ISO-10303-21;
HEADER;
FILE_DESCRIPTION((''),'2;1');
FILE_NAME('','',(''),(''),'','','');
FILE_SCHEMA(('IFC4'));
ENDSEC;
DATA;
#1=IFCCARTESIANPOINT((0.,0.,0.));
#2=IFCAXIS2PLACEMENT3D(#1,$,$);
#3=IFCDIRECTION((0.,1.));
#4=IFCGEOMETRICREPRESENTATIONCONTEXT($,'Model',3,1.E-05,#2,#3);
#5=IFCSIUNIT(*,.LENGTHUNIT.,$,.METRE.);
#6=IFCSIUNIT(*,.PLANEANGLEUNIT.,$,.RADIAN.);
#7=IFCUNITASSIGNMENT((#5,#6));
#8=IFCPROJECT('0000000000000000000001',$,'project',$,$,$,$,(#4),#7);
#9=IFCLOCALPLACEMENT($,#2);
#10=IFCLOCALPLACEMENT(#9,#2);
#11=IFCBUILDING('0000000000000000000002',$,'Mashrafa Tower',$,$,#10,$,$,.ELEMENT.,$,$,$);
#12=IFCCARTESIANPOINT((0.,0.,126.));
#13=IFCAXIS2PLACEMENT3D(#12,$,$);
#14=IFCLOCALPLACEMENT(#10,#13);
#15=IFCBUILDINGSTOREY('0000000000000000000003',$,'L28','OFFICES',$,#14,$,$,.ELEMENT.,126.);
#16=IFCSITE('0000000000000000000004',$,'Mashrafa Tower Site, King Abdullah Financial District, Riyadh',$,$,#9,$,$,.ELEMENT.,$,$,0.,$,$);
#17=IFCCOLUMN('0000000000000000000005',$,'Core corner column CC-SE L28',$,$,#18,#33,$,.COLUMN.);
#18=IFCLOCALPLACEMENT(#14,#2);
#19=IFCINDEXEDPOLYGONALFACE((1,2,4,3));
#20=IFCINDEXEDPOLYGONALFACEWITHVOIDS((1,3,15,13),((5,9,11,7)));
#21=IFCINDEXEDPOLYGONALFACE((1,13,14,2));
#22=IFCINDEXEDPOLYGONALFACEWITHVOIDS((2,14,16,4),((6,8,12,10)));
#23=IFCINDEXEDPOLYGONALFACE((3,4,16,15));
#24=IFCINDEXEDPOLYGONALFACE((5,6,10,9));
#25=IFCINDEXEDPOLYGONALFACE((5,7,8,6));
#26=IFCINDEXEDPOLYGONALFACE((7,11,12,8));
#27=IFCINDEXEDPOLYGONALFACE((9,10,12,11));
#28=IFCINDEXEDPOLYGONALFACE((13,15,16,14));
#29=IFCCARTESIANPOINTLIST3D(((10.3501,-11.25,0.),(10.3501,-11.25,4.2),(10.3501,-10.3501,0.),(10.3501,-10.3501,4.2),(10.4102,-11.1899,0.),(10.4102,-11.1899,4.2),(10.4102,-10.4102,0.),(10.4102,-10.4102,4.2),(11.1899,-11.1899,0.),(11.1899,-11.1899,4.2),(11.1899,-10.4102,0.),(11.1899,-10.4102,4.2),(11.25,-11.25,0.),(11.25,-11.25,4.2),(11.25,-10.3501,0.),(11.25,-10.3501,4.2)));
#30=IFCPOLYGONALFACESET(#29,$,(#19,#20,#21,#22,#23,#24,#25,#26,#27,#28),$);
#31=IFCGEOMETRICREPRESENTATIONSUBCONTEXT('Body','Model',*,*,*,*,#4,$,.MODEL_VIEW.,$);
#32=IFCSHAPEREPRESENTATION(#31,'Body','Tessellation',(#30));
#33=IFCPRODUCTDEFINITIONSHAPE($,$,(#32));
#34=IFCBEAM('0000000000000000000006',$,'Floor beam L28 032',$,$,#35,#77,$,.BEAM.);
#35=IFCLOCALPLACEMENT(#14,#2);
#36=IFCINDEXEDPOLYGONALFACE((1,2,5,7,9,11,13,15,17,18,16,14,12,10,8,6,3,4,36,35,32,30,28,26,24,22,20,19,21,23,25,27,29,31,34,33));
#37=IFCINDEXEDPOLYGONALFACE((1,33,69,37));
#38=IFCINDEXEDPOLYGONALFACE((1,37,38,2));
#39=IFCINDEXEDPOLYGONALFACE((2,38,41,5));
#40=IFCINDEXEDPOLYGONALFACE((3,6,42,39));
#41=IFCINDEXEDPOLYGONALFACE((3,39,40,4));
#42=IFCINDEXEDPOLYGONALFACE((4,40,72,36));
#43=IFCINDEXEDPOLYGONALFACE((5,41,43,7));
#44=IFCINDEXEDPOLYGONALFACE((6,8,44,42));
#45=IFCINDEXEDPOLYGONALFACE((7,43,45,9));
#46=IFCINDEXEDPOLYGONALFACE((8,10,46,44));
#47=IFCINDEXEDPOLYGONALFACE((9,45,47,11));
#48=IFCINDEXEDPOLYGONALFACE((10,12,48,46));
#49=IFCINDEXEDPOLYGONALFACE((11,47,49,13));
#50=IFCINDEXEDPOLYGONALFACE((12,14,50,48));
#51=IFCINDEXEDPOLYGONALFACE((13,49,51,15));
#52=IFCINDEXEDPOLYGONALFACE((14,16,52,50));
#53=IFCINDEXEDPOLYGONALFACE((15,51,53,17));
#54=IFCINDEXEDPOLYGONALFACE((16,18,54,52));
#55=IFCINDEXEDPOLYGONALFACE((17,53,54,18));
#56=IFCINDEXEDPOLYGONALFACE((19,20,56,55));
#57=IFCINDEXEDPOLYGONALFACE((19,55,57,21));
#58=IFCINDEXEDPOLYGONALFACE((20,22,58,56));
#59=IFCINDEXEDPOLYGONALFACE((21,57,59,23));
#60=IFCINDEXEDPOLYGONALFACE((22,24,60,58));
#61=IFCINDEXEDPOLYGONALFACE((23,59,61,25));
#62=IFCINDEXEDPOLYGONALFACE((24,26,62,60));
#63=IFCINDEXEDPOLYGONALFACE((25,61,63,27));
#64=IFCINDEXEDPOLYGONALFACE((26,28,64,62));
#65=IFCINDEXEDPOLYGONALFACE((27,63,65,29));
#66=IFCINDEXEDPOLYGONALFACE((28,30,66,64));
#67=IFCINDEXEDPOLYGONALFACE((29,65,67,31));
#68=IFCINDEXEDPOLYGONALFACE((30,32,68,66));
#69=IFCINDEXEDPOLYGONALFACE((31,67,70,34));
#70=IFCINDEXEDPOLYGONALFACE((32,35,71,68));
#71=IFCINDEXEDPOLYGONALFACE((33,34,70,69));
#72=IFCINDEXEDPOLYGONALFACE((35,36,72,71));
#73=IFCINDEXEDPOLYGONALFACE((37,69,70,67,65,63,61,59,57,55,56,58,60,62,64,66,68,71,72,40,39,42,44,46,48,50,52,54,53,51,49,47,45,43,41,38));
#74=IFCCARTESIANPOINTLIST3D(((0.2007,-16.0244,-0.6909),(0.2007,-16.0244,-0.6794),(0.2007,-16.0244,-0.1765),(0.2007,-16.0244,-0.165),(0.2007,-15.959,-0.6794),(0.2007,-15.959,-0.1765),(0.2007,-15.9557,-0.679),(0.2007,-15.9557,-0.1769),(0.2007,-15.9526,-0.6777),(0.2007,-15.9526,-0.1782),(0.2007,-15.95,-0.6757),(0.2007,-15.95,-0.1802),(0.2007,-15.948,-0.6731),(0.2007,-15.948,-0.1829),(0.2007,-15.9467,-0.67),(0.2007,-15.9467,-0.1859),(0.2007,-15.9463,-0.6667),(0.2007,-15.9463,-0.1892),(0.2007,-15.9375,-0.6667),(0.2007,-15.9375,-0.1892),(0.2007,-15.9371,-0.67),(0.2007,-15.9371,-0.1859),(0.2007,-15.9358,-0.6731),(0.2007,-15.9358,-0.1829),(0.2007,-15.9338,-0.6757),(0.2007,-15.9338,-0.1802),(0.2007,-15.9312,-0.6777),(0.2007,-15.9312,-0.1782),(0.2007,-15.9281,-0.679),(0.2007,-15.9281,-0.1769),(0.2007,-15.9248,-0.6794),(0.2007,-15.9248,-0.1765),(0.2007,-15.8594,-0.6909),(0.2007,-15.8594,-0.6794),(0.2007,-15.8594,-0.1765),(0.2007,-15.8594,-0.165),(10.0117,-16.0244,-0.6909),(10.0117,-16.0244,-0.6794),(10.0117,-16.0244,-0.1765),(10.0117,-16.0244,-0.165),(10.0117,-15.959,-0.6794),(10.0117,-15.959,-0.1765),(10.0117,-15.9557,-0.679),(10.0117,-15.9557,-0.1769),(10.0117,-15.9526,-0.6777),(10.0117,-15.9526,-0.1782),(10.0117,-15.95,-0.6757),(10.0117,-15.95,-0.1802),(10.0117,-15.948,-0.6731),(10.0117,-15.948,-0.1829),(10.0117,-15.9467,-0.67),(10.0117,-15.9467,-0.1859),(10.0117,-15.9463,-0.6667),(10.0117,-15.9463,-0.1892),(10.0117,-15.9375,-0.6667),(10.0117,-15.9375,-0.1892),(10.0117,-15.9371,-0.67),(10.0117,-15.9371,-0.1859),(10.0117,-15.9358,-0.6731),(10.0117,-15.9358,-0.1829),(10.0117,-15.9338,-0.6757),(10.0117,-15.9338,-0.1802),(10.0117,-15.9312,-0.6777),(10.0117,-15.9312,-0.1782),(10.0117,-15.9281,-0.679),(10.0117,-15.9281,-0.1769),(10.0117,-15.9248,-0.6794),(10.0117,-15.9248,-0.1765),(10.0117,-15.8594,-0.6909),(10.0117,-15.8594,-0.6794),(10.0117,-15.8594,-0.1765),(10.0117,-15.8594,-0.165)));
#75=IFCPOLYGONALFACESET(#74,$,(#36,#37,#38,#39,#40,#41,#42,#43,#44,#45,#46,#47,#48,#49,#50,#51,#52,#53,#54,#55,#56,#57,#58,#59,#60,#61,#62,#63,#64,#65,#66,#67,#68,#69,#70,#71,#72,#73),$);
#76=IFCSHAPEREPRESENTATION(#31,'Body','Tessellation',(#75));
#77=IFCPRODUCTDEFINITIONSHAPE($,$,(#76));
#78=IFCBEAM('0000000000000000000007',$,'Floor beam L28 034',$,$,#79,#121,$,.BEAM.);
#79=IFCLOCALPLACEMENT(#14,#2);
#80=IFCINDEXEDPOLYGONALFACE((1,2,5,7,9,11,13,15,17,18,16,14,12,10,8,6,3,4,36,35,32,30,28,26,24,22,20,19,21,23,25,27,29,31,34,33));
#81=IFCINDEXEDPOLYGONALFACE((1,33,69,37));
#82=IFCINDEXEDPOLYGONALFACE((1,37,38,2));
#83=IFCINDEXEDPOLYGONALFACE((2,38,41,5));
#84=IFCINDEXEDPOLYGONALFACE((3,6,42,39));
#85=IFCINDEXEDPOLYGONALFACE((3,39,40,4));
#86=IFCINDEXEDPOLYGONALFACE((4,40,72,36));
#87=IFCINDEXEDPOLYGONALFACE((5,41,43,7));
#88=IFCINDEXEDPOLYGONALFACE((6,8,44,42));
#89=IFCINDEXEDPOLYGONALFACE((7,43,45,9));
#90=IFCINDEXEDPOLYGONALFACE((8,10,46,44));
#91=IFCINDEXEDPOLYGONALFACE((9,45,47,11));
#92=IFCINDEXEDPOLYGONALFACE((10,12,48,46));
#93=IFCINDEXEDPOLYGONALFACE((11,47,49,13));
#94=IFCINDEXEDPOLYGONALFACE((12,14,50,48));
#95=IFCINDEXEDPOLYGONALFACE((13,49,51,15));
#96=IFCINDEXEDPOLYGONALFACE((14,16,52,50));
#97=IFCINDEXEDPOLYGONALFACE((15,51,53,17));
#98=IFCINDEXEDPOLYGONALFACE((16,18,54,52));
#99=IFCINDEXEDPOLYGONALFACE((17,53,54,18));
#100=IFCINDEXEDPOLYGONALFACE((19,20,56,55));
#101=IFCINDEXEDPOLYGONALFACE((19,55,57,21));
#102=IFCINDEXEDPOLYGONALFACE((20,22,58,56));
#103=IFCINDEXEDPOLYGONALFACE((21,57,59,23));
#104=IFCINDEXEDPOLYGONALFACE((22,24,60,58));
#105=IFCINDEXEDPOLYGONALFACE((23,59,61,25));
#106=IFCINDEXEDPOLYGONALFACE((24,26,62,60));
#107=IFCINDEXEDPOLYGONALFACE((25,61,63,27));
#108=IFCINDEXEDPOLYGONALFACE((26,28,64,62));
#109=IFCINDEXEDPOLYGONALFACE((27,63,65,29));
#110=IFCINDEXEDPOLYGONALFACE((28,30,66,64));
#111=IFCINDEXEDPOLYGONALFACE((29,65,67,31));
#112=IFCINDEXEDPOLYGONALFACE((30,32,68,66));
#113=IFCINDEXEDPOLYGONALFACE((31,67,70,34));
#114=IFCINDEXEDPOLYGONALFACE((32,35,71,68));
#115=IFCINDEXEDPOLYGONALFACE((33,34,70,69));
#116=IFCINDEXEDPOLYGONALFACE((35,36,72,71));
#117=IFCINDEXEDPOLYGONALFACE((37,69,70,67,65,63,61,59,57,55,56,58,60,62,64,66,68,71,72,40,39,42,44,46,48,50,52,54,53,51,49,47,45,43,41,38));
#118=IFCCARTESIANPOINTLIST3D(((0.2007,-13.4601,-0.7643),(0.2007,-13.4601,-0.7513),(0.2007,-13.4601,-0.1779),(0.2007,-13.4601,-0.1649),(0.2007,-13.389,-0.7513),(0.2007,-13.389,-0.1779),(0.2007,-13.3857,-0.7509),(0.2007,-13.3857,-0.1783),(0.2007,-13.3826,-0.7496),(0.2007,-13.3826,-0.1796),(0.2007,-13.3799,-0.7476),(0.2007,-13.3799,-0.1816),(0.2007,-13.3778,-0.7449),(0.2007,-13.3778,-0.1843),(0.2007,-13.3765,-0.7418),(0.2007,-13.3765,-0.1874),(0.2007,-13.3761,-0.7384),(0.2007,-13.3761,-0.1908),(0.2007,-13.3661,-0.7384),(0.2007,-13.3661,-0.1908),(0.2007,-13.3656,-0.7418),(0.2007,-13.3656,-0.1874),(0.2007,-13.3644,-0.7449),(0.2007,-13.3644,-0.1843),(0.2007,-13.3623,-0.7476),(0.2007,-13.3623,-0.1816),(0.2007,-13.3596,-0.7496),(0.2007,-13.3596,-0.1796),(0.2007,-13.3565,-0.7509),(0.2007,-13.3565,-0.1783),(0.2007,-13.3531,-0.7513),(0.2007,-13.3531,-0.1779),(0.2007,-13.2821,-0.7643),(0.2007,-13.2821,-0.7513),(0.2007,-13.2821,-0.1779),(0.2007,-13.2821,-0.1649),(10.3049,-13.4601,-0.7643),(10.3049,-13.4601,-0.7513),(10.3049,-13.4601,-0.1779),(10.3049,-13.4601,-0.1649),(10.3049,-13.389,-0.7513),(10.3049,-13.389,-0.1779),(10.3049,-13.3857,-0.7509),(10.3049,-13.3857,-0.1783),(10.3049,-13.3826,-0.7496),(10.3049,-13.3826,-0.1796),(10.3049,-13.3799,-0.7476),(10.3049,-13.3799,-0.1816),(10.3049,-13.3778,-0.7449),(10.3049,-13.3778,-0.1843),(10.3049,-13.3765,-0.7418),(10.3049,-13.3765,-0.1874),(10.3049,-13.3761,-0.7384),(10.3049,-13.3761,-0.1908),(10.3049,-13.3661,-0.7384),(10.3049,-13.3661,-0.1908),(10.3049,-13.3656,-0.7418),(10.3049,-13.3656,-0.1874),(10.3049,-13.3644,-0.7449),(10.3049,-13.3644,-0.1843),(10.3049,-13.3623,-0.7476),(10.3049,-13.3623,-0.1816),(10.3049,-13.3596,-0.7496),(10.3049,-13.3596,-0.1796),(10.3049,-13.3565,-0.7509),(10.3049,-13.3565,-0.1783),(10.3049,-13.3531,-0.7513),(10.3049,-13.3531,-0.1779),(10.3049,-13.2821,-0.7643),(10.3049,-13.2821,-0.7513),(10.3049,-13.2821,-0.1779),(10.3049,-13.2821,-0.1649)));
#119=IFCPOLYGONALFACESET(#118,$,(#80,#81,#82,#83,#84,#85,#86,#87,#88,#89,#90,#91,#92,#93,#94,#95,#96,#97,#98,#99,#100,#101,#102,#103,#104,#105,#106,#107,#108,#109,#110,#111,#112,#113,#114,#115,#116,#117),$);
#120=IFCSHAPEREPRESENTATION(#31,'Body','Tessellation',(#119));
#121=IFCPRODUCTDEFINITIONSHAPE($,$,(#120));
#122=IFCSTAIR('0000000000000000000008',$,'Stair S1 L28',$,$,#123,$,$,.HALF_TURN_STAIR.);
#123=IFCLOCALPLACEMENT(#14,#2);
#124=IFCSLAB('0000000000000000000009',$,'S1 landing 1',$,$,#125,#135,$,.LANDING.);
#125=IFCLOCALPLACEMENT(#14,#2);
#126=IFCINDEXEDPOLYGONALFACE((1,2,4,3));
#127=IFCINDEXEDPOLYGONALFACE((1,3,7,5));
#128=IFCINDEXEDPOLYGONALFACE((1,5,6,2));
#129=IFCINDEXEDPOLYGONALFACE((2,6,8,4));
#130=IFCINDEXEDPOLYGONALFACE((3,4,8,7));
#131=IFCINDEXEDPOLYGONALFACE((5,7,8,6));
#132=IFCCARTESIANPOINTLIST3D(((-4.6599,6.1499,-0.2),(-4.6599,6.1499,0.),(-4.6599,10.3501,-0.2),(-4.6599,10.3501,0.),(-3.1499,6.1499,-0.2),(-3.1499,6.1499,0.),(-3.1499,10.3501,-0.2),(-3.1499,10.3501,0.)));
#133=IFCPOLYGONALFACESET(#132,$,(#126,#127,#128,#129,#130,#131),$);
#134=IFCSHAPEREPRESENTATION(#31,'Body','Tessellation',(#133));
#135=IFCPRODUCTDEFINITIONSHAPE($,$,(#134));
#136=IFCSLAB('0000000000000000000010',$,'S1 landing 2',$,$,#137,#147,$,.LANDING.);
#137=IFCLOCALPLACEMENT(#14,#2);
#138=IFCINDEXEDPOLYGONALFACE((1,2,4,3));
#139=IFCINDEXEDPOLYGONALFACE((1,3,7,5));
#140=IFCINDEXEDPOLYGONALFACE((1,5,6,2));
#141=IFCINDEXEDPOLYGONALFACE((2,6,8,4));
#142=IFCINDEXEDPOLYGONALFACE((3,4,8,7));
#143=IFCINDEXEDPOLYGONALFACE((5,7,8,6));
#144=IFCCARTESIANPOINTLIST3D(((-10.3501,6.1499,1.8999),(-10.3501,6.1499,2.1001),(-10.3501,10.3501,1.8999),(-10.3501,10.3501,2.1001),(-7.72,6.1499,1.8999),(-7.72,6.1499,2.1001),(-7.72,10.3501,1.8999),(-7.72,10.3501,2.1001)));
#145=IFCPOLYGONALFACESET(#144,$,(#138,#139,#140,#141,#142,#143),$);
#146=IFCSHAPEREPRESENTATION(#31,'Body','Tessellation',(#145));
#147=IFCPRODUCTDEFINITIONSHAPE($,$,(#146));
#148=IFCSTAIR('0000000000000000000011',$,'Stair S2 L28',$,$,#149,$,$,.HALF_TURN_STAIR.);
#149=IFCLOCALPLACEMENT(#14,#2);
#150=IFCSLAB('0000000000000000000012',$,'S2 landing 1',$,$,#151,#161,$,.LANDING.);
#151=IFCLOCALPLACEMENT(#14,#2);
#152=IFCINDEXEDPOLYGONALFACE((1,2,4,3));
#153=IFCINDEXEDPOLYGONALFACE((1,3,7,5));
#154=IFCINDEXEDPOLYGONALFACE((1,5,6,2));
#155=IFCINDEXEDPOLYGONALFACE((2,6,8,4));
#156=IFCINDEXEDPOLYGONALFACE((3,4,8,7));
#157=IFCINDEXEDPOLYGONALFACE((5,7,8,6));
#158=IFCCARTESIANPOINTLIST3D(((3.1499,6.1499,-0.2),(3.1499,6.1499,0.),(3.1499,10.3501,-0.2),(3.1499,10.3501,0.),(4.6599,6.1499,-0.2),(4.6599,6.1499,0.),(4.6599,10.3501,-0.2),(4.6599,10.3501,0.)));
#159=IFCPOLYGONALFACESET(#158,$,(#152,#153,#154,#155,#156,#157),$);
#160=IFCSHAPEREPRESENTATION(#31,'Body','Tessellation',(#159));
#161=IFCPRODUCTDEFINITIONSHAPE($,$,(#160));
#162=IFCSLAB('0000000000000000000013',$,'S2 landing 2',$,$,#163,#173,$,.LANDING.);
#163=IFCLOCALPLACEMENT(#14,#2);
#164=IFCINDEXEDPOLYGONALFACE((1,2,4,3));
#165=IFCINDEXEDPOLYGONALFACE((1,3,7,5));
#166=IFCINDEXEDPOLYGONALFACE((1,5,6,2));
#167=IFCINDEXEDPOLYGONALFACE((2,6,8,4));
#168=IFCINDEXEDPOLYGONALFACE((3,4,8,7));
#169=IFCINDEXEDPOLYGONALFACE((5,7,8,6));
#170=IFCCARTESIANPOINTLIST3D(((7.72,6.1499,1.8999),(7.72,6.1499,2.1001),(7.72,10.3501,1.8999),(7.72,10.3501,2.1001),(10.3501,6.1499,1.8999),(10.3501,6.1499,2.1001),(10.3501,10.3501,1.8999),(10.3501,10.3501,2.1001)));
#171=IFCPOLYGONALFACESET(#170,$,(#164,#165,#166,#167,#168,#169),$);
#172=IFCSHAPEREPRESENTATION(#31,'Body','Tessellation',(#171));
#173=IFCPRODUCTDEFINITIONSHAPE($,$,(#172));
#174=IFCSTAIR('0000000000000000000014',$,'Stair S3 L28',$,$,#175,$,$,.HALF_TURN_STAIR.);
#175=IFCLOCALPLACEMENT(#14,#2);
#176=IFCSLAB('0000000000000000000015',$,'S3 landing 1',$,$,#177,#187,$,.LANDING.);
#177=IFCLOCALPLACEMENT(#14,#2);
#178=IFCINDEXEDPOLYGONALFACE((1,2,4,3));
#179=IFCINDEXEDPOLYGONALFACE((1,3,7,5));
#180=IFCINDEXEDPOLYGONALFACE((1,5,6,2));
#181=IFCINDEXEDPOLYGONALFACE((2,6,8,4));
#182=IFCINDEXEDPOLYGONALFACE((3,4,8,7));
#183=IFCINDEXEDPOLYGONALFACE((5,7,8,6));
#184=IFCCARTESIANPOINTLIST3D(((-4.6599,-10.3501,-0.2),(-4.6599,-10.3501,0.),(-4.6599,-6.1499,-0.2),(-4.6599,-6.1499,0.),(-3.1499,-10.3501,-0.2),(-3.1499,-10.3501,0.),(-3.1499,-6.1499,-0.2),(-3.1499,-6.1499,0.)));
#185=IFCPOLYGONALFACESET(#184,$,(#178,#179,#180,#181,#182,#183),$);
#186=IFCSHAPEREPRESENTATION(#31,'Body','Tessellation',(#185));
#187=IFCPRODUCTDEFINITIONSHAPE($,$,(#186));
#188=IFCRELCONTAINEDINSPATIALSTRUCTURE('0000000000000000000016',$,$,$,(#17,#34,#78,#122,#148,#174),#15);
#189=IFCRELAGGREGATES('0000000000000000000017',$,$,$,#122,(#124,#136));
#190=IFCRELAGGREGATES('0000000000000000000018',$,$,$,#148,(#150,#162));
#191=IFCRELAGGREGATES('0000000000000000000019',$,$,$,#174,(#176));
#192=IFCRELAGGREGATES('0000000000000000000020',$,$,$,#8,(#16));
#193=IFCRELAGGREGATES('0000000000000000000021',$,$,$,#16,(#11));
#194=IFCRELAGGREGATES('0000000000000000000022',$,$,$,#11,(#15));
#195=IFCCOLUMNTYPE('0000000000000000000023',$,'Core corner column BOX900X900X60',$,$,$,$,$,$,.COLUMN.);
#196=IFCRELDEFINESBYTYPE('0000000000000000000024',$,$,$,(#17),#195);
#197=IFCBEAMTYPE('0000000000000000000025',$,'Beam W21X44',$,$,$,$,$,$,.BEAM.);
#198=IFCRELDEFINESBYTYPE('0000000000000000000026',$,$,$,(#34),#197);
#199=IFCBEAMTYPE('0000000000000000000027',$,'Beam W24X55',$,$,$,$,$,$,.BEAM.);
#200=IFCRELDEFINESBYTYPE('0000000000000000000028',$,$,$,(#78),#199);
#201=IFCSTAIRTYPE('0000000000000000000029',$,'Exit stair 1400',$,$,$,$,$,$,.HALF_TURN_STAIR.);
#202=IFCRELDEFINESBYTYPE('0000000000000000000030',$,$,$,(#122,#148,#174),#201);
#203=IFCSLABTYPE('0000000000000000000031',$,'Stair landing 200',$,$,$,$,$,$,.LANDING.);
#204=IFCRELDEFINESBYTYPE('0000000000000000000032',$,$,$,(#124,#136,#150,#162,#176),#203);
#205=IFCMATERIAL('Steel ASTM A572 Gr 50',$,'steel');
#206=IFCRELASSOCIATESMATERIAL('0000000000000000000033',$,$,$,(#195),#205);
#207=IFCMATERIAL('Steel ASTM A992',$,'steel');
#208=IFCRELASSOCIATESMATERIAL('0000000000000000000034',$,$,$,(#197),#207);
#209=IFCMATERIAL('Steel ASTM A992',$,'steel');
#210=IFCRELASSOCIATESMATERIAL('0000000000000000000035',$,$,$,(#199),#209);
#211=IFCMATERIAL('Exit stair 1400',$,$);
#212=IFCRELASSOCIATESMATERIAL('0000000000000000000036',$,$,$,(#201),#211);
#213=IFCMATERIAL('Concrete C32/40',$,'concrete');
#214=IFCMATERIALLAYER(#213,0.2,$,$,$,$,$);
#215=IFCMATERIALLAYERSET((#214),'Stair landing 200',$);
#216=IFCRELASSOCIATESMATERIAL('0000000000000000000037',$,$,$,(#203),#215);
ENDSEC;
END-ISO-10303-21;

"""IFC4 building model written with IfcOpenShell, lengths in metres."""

from ifc_helpers import new_model, si_unit, direction, frame, origin, origin_2d, place, context, subcontext, project, spatial, polyline, hollow_rectangle, i_section, outline, extrude, material, layer, layer_set, material_profile, profile_set, type_object, element, aggregate, save


model = new_model("IFC4")

# Units and contexts
model_context = context("Model", 3, precision=1e-05, world=origin(), true_north=direction((0.0, 1.0)))
body_context = subcontext(model_context, "Body", "Model", "MODEL_VIEW")
ifc_project = project(units=[si_unit("LENGTHUNIT", "METRE"), si_unit("PLANEANGLEUNIT", "RADIAN")], contexts=[model_context])

# Site, building, storey
site_placement = place(None, origin())
site = spatial("IfcSite", under=ifc_project, at=site_placement, Name="Mashrafa Tower Site, King Abdullah Financial District, Riyadh", CompositionType="ELEMENT", RefElevation=0.0)
building_placement = place(site_placement, origin())
building = spatial("IfcBuilding", under=site, at=building_placement, Name="Mashrafa Tower", CompositionType="ELEMENT")
storey_placement = place(building_placement, frame((0.0, 0.0, 126.0)))
storey = spatial("IfcBuildingStorey", under=building, at=storey_placement, Name="L28", Description="OFFICES", CompositionType="ELEMENT", Elevation=126.0)

# Column
ifc_material_1 = material(Name="Steel ASTM A572 Gr 50", Category="steel")
ifc_material_profile_1 = material_profile(ifc_material_1, hollow_rectangle(XDim=0.8999, YDim=0.8999, WallThickness=0.0601, at=origin_2d()), Name="BOX900X900X60")
ifc_profile_set_1 = profile_set([ifc_material_profile_1], Name="Steel ASTM A572 Gr 50")
column_type = type_object("IfcColumnType", Name="Core corner column BOX900X900X60", PredefinedType="COLUMN", material=ifc_profile_set_1)
column_placement = place(storey_placement, frame((10.8, -10.8, 0.0), z_axis=(0.0, 0.0, 1.0), x_axis=(1.0, 0.0, 0.0)))
element("IfcColumn", 1, at=column_placement, inside=storey, type_object=column_type, Name="Core corner column CC-SE L28", PredefinedType="COLUMN", context=body_context, shape_type="SweptSolid", body=[
    extrude(hollow_rectangle(XDim=0.8999, YDim=0.8999, WallThickness=0.0601, at=origin_2d()), origin(), (0.0, 0.0, 1.0), 4.2),
])

# Beams
ifc_material_2 = material(Name="Steel ASTM A992", Category="steel")
ifc_material_profile_2 = material_profile(ifc_material_2, i_section(OverallWidth=0.165, OverallDepth=0.5259, WebThickness=0.0088, FlangeThickness=0.0115, FilletRadius=0.0127, at=origin_2d()), Name="W21X44")
ifc_profile_set_2 = profile_set([ifc_material_profile_2], Name="Steel ASTM A992")
beam_type_1 = type_object("IfcBeamType", Name="Beam W21X44", PredefinedType="BEAM", material=ifc_profile_set_2)
beam_1_placement = place(storey_placement, frame((10.0117, -15.9419, -0.428), z_axis=(-1.0, 0.0, 0.0), x_axis=(0.0, -1.0, 0.0)))
element("IfcBeam", 2, at=beam_1_placement, inside=storey, type_object=beam_type_1, Name="Floor beam L28 032", PredefinedType="BEAM", context=body_context, shape_type="SweptSolid", body=[
    extrude(i_section(OverallWidth=0.165, OverallDepth=0.5259, WebThickness=0.0088, FlangeThickness=0.0115, FilletRadius=0.0127, at=origin_2d()), origin(), (0.0, 0.0, 1.0), 9.811),
])
ifc_material_3 = material(Name="Steel ASTM A992", Category="steel")
ifc_material_profile_3 = material_profile(ifc_material_3, i_section(OverallWidth=0.178, OverallDepth=0.5994, WebThickness=0.01, FlangeThickness=0.0129, FilletRadius=0.0129, at=origin_2d()), Name="W24X55")
ifc_profile_set_3 = profile_set([ifc_material_profile_3], Name="Steel ASTM A992")
beam_type_2 = type_object("IfcBeamType", Name="Beam W24X55", PredefinedType="BEAM", material=ifc_profile_set_3)
beam_2_placement = place(storey_placement, frame((10.3049, -13.3711, -0.4646), z_axis=(-1.0, 0.0, 0.0), x_axis=(0.0, -1.0, 0.0)))
element("IfcBeam", 3, at=beam_2_placement, inside=storey, type_object=beam_type_2, Name="Floor beam L28 034", PredefinedType="BEAM", context=body_context, shape_type="SweptSolid", body=[
    extrude(i_section(OverallWidth=0.178, OverallDepth=0.5994, WebThickness=0.01, FlangeThickness=0.0129, FilletRadius=0.0129, at=origin_2d()), origin(), (0.0, 0.0, 1.0), 10.1042),
])

# Stairs, slabs
ifc_material_4 = material(Name="Exit stair 1400")
stair_type = type_object("IfcStairType", Name="Exit stair 1400", PredefinedType="HALF_TURN_STAIR", material=ifc_material_4)
stair_1_placement = place(storey_placement, origin())
stair_1 = element("IfcStair", 4, at=stair_1_placement, inside=storey, type_object=stair_type, Name="Stair S1 L28", PredefinedType="HALF_TURN_STAIR")
ifc_material_5 = material(Name="Concrete C32/40", Category="concrete")
ifc_layer_1 = layer(ifc_material_5, 0.2)
ifc_layer_set_1 = layer_set([ifc_layer_1], Name="Stair landing 200")
slab_type = type_object("IfcSlabType", Name="Stair landing 200", PredefinedType="LANDING", material=ifc_layer_set_1)
slab_1_placement = place(storey_placement, frame((0.0, 0.0, -0.2)))
slab_1 = element("IfcSlab", 5, at=slab_1_placement, type_object=slab_type, Name="S1 landing 1", PredefinedType="LANDING", context=body_context, shape_type="SweptSolid", body=[
    extrude(outline(polyline([(-4.6599, 6.1499), (-3.1499, 6.1499), (-3.1499, 10.3501), (-4.6599, 10.3501), (-4.6599, 6.1499)])), origin(), (0.0, 0.0, 1.0), 0.2),
])
slab_2_placement = place(storey_placement, frame((0.0, 0.0, 1.8999)))
slab_2 = element("IfcSlab", 6, at=slab_2_placement, type_object=slab_type, Name="S1 landing 2", PredefinedType="LANDING", context=body_context, shape_type="SweptSolid", body=[
    extrude(outline(polyline([(-10.3501, 6.1499), (-7.72, 6.1499), (-7.72, 10.3501), (-10.3501, 10.3501), (-10.3501, 6.1499)])), origin(), (0.0, 0.0, 1.0), 0.2002),
])
aggregate(stair_1, [slab_1, slab_2])
stair_2_placement = place(storey_placement, origin())
stair_2 = element("IfcStair", 7, at=stair_2_placement, inside=storey, type_object=stair_type, Name="Stair S2 L28", PredefinedType="HALF_TURN_STAIR")
slab_3_placement = place(storey_placement, frame((0.0, 0.0, -0.2)))
slab_3 = element("IfcSlab", 8, at=slab_3_placement, type_object=slab_type, Name="S2 landing 1", PredefinedType="LANDING", context=body_context, shape_type="SweptSolid", body=[
    extrude(outline(polyline([(3.1499, 6.1499), (4.6599, 6.1499), (4.6599, 10.3501), (3.1499, 10.3501), (3.1499, 6.1499)])), origin(), (0.0, 0.0, 1.0), 0.2),
])
slab_4_placement = place(storey_placement, frame((0.0, 0.0, 1.8999)))
slab_4 = element("IfcSlab", 9, at=slab_4_placement, type_object=slab_type, Name="S2 landing 2", PredefinedType="LANDING", context=body_context, shape_type="SweptSolid", body=[
    extrude(outline(polyline([(7.72, 6.1499), (10.3501, 6.1499), (10.3501, 10.3501), (7.72, 10.3501), (7.72, 6.1499)])), origin(), (0.0, 0.0, 1.0), 0.2002),
])
aggregate(stair_2, [slab_3, slab_4])
stair_3_placement = place(storey_placement, origin())
stair_3 = element("IfcStair", 10, at=stair_3_placement, inside=storey, type_object=stair_type, Name="Stair S3 L28", PredefinedType="HALF_TURN_STAIR")
slab_5_placement = place(storey_placement, frame((0.0, 0.0, -0.2)))
slab_5 = element("IfcSlab", 11, at=slab_5_placement, type_object=slab_type, Name="S3 landing 1", PredefinedType="LANDING", context=body_context, shape_type="SweptSolid", body=[
    extrude(outline(polyline([(-4.6599, -10.3501), (-3.1499, -10.3501), (-3.1499, -6.1499), (-4.6599, -6.1499), (-4.6599, -10.3501)])), origin(), (0.0, 0.0, 1.0), 0.2),
])
aggregate(stair_3, [slab_5])

save(model, "model.ifc")
